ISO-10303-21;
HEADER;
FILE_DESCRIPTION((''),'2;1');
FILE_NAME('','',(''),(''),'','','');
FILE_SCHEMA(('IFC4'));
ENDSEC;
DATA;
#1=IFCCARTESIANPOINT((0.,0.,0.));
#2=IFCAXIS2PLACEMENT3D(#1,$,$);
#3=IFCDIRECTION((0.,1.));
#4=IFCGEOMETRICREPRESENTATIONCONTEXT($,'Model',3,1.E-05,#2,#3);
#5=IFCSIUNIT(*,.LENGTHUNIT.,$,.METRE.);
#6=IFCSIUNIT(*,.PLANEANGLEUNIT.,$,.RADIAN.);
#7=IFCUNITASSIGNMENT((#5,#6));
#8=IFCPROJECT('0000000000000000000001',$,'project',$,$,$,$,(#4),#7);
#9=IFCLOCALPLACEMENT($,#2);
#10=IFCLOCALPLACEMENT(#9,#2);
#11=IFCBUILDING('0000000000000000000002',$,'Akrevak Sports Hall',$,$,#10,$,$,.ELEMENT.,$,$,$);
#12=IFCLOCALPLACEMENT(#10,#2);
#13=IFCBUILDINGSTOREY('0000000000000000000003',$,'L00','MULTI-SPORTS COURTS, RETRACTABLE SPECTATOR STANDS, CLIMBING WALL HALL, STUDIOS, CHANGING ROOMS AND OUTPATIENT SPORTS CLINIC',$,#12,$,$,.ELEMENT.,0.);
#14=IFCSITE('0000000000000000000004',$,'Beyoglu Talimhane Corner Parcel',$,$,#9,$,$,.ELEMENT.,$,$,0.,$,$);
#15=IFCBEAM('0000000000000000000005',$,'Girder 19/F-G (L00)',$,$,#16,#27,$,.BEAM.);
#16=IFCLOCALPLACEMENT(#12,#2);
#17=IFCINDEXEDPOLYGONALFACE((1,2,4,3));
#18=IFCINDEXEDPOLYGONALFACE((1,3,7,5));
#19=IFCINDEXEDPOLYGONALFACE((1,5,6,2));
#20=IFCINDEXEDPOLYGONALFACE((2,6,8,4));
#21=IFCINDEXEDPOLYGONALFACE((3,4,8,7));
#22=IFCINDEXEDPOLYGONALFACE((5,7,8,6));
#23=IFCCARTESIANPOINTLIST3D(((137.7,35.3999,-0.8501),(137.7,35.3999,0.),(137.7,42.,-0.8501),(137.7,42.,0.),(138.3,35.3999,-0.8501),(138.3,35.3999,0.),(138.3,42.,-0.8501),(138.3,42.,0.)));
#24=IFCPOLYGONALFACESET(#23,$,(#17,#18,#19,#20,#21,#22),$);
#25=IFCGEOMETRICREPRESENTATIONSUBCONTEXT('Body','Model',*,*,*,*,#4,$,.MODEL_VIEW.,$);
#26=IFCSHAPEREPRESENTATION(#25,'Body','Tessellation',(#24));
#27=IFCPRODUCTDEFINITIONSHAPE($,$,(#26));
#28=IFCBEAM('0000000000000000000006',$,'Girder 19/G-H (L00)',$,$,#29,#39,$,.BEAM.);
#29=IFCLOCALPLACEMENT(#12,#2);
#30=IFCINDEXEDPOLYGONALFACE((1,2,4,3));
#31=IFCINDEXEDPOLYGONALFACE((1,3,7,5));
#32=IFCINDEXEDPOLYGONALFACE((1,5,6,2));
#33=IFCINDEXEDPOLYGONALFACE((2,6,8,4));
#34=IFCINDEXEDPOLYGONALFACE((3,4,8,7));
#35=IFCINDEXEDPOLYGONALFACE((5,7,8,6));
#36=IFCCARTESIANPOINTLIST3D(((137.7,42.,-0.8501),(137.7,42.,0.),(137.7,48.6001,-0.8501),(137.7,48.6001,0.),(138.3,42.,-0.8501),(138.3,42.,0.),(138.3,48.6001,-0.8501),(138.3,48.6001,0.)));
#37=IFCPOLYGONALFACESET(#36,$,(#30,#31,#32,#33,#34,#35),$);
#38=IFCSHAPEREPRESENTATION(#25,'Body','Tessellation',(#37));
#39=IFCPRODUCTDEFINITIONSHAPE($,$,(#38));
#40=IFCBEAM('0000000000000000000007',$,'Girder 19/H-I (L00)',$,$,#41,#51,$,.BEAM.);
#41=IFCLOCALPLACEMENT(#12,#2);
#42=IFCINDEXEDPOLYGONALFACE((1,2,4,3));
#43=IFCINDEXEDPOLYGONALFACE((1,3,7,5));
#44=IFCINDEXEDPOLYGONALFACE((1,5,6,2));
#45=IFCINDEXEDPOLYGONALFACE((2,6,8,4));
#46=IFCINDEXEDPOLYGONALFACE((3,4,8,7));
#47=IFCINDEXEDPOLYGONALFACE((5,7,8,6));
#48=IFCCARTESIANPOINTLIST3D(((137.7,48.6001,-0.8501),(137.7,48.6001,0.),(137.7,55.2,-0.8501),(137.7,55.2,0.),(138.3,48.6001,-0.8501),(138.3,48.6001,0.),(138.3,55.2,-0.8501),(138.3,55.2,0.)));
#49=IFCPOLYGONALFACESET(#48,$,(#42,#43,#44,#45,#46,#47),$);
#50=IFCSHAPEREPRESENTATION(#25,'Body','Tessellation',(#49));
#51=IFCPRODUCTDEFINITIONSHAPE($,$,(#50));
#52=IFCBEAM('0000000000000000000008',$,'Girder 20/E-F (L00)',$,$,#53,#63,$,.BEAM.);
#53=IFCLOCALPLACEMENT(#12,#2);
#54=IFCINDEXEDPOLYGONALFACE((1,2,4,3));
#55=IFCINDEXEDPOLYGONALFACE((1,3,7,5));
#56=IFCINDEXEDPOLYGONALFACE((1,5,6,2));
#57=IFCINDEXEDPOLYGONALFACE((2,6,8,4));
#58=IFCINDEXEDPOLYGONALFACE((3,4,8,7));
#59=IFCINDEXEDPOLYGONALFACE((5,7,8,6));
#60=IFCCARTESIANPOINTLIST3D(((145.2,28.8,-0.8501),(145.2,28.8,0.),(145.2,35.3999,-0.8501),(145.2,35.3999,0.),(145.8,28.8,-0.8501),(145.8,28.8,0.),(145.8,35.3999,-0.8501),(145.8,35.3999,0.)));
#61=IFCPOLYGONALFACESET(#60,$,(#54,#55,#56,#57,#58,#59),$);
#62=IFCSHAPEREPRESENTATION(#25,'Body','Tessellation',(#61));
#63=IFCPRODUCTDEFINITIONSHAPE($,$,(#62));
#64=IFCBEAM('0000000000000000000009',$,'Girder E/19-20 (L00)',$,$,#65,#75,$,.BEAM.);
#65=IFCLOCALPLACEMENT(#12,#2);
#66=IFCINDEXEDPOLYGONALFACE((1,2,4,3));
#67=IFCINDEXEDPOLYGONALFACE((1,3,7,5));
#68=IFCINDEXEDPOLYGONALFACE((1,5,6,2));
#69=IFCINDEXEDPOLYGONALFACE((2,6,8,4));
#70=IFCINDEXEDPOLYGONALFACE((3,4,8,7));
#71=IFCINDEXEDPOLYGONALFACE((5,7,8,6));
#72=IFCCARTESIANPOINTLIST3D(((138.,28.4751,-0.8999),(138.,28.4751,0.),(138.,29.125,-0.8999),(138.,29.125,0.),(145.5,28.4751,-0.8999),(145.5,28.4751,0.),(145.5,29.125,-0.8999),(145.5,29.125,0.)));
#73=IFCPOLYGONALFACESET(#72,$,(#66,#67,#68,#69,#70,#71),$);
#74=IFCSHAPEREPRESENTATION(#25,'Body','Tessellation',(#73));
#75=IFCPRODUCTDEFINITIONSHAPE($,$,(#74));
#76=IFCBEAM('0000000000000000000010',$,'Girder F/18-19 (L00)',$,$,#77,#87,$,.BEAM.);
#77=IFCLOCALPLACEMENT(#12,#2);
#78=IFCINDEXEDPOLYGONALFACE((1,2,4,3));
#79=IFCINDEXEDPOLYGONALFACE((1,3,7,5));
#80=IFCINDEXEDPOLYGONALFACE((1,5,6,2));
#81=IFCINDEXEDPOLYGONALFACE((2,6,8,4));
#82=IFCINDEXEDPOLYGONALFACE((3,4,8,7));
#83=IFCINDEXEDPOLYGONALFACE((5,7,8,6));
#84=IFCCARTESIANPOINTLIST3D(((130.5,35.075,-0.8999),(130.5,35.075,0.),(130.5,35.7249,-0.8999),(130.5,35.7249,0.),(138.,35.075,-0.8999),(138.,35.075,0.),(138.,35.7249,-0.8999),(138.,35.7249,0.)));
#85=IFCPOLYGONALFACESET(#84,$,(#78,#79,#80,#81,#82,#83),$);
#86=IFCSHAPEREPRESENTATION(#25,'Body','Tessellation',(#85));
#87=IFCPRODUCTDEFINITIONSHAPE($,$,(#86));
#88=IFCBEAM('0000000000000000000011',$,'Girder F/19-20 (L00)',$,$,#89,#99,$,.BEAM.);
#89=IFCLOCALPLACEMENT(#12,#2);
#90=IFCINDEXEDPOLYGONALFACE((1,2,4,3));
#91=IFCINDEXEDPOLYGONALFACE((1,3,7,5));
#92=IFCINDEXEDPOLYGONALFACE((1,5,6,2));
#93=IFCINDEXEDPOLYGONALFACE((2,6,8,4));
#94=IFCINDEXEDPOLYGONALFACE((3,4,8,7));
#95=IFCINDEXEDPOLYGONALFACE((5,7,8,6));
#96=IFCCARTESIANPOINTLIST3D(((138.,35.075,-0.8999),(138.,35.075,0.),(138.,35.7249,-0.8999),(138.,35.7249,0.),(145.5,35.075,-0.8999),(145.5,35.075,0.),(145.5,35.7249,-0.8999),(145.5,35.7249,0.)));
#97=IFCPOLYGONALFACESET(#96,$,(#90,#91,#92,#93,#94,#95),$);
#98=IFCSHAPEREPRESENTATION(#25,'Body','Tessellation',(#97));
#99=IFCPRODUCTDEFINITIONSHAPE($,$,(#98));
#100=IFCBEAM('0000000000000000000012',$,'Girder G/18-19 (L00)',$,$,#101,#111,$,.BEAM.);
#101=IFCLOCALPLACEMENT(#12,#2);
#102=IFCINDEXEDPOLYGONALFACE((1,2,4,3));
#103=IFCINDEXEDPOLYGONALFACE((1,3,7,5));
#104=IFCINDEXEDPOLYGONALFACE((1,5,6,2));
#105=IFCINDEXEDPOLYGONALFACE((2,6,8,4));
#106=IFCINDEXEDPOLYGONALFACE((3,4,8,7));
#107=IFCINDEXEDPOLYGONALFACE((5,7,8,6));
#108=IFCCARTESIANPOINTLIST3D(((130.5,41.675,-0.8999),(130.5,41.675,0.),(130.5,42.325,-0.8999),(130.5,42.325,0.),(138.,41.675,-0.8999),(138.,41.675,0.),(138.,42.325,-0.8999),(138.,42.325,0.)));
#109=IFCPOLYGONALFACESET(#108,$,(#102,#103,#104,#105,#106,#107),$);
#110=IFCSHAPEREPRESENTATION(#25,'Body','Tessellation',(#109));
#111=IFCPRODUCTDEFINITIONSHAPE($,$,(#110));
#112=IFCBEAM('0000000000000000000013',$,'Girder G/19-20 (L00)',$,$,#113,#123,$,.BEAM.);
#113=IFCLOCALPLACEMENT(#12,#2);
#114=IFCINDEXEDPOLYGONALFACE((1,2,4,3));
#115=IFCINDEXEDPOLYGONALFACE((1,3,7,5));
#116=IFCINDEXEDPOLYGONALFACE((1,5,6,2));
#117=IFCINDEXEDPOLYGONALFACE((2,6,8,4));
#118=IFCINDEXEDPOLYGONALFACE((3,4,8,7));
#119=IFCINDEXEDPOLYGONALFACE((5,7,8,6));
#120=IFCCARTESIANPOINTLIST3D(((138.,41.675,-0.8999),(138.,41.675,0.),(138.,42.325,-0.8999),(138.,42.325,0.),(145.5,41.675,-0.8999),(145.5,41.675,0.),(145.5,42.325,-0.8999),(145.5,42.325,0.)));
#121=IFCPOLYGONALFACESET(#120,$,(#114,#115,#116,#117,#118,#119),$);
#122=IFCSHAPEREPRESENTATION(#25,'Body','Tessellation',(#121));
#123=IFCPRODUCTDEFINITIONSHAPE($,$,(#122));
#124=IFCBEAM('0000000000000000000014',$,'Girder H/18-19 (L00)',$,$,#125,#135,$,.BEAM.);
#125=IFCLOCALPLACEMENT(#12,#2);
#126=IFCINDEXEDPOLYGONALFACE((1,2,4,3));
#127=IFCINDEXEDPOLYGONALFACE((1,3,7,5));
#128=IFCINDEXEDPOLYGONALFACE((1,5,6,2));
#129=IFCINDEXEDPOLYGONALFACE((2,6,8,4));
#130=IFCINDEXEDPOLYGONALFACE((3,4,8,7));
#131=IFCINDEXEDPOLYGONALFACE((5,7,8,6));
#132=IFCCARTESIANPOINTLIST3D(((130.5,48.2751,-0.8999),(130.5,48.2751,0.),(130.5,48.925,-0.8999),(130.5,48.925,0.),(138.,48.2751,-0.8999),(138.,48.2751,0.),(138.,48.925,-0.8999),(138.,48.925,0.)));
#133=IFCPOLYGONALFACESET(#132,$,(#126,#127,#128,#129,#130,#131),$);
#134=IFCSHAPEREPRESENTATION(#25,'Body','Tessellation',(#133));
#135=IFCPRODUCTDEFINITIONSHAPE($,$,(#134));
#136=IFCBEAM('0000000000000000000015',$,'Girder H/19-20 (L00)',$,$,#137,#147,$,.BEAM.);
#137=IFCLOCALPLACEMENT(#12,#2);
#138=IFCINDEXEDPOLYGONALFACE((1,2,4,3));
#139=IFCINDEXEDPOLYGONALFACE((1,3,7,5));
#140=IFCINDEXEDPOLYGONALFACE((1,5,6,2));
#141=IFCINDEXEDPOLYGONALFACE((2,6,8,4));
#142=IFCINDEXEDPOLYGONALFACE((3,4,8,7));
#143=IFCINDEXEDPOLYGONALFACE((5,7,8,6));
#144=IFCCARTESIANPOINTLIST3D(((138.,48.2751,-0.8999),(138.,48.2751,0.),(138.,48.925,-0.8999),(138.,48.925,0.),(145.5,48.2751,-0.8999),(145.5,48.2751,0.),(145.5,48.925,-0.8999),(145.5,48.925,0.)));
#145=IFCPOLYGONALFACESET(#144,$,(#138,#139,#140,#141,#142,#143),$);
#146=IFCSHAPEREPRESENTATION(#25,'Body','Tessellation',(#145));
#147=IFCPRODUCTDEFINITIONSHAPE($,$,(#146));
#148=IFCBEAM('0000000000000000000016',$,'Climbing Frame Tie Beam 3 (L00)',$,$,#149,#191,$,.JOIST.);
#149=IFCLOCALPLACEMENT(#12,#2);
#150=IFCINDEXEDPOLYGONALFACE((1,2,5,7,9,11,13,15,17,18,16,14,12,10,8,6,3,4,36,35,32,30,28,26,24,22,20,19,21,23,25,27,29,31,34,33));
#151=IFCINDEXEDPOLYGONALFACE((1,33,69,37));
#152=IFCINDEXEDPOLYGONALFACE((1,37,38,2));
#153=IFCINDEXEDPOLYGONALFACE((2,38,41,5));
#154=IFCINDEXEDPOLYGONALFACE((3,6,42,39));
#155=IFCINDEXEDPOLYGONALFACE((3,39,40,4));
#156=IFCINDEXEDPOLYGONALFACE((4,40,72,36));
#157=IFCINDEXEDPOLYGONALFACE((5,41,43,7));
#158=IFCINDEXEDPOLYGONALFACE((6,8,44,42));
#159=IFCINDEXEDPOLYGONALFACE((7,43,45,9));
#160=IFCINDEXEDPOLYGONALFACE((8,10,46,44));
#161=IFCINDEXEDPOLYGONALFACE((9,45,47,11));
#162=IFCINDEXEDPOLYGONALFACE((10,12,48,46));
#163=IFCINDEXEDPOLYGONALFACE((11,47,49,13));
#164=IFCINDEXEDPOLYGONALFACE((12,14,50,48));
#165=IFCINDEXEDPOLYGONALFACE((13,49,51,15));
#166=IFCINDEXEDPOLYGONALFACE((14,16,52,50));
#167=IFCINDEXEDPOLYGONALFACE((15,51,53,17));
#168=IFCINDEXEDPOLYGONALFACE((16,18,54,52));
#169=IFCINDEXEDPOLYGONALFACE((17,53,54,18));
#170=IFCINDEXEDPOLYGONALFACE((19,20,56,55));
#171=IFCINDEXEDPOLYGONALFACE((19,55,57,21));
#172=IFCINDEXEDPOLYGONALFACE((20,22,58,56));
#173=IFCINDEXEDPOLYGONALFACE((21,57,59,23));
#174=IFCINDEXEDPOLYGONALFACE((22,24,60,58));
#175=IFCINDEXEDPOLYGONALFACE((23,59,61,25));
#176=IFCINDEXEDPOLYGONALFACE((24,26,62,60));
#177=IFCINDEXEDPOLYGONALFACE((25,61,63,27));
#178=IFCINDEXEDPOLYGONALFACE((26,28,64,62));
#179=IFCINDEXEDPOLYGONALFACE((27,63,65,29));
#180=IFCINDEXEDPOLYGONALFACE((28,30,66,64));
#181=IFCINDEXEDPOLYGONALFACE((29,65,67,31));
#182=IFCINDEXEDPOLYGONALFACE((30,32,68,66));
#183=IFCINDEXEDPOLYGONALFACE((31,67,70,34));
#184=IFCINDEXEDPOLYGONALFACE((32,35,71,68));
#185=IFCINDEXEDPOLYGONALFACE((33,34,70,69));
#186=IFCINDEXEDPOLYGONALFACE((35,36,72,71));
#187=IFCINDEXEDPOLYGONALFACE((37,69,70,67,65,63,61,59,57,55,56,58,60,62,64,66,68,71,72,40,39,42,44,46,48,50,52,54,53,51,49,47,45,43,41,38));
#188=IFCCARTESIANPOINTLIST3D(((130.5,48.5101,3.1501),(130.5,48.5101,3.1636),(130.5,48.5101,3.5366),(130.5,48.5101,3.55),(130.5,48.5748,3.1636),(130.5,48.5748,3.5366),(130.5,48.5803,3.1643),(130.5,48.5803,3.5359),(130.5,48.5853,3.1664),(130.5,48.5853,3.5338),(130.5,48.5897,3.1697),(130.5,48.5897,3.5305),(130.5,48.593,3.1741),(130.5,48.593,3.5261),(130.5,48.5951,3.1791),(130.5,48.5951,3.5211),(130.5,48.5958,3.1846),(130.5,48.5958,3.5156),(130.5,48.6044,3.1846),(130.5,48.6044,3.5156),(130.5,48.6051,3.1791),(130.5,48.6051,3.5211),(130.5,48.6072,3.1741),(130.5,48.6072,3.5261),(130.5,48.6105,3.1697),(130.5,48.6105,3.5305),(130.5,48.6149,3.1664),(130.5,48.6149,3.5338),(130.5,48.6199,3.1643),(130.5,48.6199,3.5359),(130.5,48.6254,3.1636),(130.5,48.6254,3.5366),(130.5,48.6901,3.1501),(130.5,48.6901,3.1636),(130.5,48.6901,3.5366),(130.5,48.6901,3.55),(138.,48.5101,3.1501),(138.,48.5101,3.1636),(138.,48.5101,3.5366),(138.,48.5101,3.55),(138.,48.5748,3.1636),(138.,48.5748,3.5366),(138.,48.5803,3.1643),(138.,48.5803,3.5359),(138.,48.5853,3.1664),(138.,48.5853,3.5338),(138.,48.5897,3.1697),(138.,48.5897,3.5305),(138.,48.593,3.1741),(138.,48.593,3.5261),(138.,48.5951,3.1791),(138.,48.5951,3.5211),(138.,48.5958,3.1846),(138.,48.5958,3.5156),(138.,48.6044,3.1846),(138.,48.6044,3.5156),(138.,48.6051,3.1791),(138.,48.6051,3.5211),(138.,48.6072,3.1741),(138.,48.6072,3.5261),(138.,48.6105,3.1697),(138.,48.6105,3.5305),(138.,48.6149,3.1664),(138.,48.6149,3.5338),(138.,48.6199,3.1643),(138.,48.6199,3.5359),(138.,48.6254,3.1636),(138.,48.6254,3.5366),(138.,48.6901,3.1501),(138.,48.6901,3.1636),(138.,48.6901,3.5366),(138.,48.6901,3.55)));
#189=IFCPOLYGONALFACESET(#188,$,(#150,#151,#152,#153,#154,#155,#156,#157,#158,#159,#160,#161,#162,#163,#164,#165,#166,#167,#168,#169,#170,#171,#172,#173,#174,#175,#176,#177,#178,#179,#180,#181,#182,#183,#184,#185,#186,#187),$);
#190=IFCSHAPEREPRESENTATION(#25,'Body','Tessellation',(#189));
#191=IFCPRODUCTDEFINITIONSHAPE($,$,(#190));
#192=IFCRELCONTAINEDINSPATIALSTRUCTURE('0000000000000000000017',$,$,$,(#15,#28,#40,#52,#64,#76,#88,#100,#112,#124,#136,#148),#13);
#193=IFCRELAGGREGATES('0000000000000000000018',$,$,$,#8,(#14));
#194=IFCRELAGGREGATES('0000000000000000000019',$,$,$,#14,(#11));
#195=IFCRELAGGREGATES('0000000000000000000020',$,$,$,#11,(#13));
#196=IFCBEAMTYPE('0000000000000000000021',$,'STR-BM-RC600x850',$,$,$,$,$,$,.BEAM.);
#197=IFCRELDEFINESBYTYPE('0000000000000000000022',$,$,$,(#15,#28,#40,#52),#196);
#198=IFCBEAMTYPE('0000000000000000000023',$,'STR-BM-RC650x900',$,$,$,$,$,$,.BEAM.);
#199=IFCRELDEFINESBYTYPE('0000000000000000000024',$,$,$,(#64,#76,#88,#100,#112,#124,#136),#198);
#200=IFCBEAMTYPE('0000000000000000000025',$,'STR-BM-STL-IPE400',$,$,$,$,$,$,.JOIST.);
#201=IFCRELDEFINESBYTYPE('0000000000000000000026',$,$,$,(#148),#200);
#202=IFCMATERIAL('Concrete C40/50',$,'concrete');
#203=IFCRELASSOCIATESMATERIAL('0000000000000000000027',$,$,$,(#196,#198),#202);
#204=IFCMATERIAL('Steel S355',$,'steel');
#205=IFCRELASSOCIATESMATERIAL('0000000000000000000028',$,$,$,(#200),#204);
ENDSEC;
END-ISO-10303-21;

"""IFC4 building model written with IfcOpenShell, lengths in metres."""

from ifc_helpers import new_model, si_unit, direction, frame, origin, origin_2d, place, context, subcontext, project, spatial, rectangle, i_section, extrude, material, material_profile, profile_set, type_object, element, save


model = new_model("IFC4")

# Units and contexts
model_context = context("Model", 3, precision=1e-05, world=origin(), true_north=direction((0.0, 1.0)))
body_context = subcontext(model_context, "Body", "Model", "MODEL_VIEW")
ifc_project = project(units=[si_unit("LENGTHUNIT", "METRE"), si_unit("PLANEANGLEUNIT", "RADIAN")], contexts=[model_context])

# Site, building, storey
site_placement = place(None, origin())
site = spatial("IfcSite", under=ifc_project, at=site_placement, Name="Beyoglu Talimhane Corner Parcel", CompositionType="ELEMENT", RefElevation=0.0)
building_placement = place(site_placement, origin())
building = spatial("IfcBuilding", under=site, at=building_placement, Name="Akrevak Sports Hall", CompositionType="ELEMENT")
storey_placement = place(building_placement, origin())
storey = spatial("IfcBuildingStorey", under=building, at=storey_placement, Name="L00", Description="MULTI-SPORTS COURTS, RETRACTABLE SPECTATOR STANDS, CLIMBING WALL HALL, STUDIOS, CHANGING ROOMS AND OUTPATIENT SPORTS CLINIC", CompositionType="ELEMENT", Elevation=0.0)

# Shared definitions
ifc_material_1 = material(Name="Concrete C40/50", Category="concrete")
ifc_material_2 = material(Name="Steel S355", Category="steel")

# Beams
ifc_material_profile_1 = material_profile(ifc_material_1, rectangle(XDim=0.6001, YDim=0.8501, at=origin_2d()), Name="BM 600x850", Category="concrete")
ifc_profile_set_1 = profile_set([ifc_material_profile_1], Name="Concrete C40/50")
beam_type_1 = type_object("IfcBeamType", Name="STR-BM-RC600x850", PredefinedType="BEAM", material=ifc_profile_set_1)
for number, where, z_axis, x_axis, name in (
    (1, (138.0, 35.3999, -0.425), (0.0, 1.0, 0.0), (-1.0, 0.0, 0.0), "Girder 19/F-G (L00)"),
    (2, (138.0, 42.0, -0.425), (0.0, 1.0, 0.0), (-1.0, 0.0, 0.0), "Girder 19/G-H (L00)"),
):
    element("IfcBeam", number, at=place(storey_placement, frame(where, z_axis=z_axis, x_axis=x_axis)), inside=storey, type_object=beam_type_1, Name=name, PredefinedType="BEAM", context=body_context, shape_type="SweptSolid", body=[
        extrude(rectangle(XDim=0.6001, YDim=0.8501, at=origin_2d()), origin(), (0.0, 0.0, 1.0), 6.6001),
    ])
for number, where, z_axis, x_axis, name in (
    (3, (138.0, 48.6001, -0.425), (0.0, 1.0, 0.0), (-1.0, 0.0, 0.0), "Girder 19/H-I (L00)"),
    (4, (145.5, 28.8, -0.425), (0.0, 1.0, 0.0), (-1.0, 0.0, 0.0), "Girder 20/E-F (L00)"),
):
    element("IfcBeam", number, at=place(storey_placement, frame(where, z_axis=z_axis, x_axis=x_axis)), inside=storey, type_object=beam_type_1, Name=name, PredefinedType="BEAM", context=body_context, shape_type="SweptSolid", body=[
        extrude(rectangle(XDim=0.6001, YDim=0.8501, at=origin_2d()), origin(), (0.0, 0.0, 1.0), 6.5999),
    ])
ifc_material_profile_2 = material_profile(ifc_material_1, rectangle(XDim=0.6499, YDim=0.8999, at=origin_2d()), Name="BM 650x900", Category="concrete")
ifc_profile_set_2 = profile_set([ifc_material_profile_2], Name="Concrete C40/50")
beam_type_2 = type_object("IfcBeamType", Name="STR-BM-RC650x900", PredefinedType="BEAM", material=ifc_profile_set_2)
for number, where, z_axis, x_axis, name in (
    (5, (138.0, 28.8, -0.45), (1.0, 0.0, 0.0), (0.0, 1.0, 0.0), "Girder E/19-20 (L00)"),
    (6, (130.5, 35.3999, -0.45), (1.0, 0.0, 0.0), (0.0, 1.0, 0.0), "Girder F/18-19 (L00)"),
    (7, (138.0, 35.3999, -0.45), (1.0, 0.0, 0.0), (0.0, 1.0, 0.0), "Girder F/19-20 (L00)"),
    (8, (130.5, 42.0, -0.45), (1.0, 0.0, 0.0), (0.0, 1.0, 0.0), "Girder G/18-19 (L00)"),
    (9, (138.0, 42.0, -0.45), (1.0, 0.0, 0.0), (0.0, 1.0, 0.0), "Girder G/19-20 (L00)"),
    (10, (130.5, 48.6001, -0.45), (1.0, 0.0, 0.0), (0.0, 1.0, 0.0), "Girder H/18-19 (L00)"),
    (11, (138.0, 48.6001, -0.45), (1.0, 0.0, 0.0), (0.0, 1.0, 0.0), "Girder H/19-20 (L00)"),
):
    element("IfcBeam", number, at=place(storey_placement, frame(where, z_axis=z_axis, x_axis=x_axis)), inside=storey, type_object=beam_type_2, Name=name, PredefinedType="BEAM", context=body_context, shape_type="SweptSolid", body=[
        extrude(rectangle(XDim=0.6499, YDim=0.8999, at=origin_2d()), origin(), (0.0, 0.0, 1.0), 7.5),
    ])
ifc_material_profile_3 = material_profile(ifc_material_2, i_section(OverallWidth=0.1799, OverallDepth=0.3999, WebThickness=0.0085, FlangeThickness=0.0134, FilletRadius=0.021, at=origin_2d()), Name="IPE 400", Category="steel")
ifc_profile_set_3 = profile_set([ifc_material_profile_3], Name="Steel S355")
beam_type_3 = type_object("IfcBeamType", Name="STR-BM-STL-IPE400", PredefinedType="JOIST", material=ifc_profile_set_3)
beam_1_placement = place(storey_placement, frame((130.5, 48.6001, 3.3501), z_axis=(1.0, 0.0, 0.0), x_axis=(0.0, 1.0, 0.0)))
element("IfcBeam", 12, at=beam_1_placement, inside=storey, type_object=beam_type_3, Name="Climbing Frame Tie Beam 3 (L00)", PredefinedType="JOIST", context=body_context, shape_type="SweptSolid", body=[
    extrude(i_section(OverallWidth=0.1799, OverallDepth=0.3999, WebThickness=0.0085, FlangeThickness=0.0134, FilletRadius=0.021, at=origin_2d()), origin(), (0.0, 0.0, 1.0), 7.5),
])

save(model, "model.ifc")
